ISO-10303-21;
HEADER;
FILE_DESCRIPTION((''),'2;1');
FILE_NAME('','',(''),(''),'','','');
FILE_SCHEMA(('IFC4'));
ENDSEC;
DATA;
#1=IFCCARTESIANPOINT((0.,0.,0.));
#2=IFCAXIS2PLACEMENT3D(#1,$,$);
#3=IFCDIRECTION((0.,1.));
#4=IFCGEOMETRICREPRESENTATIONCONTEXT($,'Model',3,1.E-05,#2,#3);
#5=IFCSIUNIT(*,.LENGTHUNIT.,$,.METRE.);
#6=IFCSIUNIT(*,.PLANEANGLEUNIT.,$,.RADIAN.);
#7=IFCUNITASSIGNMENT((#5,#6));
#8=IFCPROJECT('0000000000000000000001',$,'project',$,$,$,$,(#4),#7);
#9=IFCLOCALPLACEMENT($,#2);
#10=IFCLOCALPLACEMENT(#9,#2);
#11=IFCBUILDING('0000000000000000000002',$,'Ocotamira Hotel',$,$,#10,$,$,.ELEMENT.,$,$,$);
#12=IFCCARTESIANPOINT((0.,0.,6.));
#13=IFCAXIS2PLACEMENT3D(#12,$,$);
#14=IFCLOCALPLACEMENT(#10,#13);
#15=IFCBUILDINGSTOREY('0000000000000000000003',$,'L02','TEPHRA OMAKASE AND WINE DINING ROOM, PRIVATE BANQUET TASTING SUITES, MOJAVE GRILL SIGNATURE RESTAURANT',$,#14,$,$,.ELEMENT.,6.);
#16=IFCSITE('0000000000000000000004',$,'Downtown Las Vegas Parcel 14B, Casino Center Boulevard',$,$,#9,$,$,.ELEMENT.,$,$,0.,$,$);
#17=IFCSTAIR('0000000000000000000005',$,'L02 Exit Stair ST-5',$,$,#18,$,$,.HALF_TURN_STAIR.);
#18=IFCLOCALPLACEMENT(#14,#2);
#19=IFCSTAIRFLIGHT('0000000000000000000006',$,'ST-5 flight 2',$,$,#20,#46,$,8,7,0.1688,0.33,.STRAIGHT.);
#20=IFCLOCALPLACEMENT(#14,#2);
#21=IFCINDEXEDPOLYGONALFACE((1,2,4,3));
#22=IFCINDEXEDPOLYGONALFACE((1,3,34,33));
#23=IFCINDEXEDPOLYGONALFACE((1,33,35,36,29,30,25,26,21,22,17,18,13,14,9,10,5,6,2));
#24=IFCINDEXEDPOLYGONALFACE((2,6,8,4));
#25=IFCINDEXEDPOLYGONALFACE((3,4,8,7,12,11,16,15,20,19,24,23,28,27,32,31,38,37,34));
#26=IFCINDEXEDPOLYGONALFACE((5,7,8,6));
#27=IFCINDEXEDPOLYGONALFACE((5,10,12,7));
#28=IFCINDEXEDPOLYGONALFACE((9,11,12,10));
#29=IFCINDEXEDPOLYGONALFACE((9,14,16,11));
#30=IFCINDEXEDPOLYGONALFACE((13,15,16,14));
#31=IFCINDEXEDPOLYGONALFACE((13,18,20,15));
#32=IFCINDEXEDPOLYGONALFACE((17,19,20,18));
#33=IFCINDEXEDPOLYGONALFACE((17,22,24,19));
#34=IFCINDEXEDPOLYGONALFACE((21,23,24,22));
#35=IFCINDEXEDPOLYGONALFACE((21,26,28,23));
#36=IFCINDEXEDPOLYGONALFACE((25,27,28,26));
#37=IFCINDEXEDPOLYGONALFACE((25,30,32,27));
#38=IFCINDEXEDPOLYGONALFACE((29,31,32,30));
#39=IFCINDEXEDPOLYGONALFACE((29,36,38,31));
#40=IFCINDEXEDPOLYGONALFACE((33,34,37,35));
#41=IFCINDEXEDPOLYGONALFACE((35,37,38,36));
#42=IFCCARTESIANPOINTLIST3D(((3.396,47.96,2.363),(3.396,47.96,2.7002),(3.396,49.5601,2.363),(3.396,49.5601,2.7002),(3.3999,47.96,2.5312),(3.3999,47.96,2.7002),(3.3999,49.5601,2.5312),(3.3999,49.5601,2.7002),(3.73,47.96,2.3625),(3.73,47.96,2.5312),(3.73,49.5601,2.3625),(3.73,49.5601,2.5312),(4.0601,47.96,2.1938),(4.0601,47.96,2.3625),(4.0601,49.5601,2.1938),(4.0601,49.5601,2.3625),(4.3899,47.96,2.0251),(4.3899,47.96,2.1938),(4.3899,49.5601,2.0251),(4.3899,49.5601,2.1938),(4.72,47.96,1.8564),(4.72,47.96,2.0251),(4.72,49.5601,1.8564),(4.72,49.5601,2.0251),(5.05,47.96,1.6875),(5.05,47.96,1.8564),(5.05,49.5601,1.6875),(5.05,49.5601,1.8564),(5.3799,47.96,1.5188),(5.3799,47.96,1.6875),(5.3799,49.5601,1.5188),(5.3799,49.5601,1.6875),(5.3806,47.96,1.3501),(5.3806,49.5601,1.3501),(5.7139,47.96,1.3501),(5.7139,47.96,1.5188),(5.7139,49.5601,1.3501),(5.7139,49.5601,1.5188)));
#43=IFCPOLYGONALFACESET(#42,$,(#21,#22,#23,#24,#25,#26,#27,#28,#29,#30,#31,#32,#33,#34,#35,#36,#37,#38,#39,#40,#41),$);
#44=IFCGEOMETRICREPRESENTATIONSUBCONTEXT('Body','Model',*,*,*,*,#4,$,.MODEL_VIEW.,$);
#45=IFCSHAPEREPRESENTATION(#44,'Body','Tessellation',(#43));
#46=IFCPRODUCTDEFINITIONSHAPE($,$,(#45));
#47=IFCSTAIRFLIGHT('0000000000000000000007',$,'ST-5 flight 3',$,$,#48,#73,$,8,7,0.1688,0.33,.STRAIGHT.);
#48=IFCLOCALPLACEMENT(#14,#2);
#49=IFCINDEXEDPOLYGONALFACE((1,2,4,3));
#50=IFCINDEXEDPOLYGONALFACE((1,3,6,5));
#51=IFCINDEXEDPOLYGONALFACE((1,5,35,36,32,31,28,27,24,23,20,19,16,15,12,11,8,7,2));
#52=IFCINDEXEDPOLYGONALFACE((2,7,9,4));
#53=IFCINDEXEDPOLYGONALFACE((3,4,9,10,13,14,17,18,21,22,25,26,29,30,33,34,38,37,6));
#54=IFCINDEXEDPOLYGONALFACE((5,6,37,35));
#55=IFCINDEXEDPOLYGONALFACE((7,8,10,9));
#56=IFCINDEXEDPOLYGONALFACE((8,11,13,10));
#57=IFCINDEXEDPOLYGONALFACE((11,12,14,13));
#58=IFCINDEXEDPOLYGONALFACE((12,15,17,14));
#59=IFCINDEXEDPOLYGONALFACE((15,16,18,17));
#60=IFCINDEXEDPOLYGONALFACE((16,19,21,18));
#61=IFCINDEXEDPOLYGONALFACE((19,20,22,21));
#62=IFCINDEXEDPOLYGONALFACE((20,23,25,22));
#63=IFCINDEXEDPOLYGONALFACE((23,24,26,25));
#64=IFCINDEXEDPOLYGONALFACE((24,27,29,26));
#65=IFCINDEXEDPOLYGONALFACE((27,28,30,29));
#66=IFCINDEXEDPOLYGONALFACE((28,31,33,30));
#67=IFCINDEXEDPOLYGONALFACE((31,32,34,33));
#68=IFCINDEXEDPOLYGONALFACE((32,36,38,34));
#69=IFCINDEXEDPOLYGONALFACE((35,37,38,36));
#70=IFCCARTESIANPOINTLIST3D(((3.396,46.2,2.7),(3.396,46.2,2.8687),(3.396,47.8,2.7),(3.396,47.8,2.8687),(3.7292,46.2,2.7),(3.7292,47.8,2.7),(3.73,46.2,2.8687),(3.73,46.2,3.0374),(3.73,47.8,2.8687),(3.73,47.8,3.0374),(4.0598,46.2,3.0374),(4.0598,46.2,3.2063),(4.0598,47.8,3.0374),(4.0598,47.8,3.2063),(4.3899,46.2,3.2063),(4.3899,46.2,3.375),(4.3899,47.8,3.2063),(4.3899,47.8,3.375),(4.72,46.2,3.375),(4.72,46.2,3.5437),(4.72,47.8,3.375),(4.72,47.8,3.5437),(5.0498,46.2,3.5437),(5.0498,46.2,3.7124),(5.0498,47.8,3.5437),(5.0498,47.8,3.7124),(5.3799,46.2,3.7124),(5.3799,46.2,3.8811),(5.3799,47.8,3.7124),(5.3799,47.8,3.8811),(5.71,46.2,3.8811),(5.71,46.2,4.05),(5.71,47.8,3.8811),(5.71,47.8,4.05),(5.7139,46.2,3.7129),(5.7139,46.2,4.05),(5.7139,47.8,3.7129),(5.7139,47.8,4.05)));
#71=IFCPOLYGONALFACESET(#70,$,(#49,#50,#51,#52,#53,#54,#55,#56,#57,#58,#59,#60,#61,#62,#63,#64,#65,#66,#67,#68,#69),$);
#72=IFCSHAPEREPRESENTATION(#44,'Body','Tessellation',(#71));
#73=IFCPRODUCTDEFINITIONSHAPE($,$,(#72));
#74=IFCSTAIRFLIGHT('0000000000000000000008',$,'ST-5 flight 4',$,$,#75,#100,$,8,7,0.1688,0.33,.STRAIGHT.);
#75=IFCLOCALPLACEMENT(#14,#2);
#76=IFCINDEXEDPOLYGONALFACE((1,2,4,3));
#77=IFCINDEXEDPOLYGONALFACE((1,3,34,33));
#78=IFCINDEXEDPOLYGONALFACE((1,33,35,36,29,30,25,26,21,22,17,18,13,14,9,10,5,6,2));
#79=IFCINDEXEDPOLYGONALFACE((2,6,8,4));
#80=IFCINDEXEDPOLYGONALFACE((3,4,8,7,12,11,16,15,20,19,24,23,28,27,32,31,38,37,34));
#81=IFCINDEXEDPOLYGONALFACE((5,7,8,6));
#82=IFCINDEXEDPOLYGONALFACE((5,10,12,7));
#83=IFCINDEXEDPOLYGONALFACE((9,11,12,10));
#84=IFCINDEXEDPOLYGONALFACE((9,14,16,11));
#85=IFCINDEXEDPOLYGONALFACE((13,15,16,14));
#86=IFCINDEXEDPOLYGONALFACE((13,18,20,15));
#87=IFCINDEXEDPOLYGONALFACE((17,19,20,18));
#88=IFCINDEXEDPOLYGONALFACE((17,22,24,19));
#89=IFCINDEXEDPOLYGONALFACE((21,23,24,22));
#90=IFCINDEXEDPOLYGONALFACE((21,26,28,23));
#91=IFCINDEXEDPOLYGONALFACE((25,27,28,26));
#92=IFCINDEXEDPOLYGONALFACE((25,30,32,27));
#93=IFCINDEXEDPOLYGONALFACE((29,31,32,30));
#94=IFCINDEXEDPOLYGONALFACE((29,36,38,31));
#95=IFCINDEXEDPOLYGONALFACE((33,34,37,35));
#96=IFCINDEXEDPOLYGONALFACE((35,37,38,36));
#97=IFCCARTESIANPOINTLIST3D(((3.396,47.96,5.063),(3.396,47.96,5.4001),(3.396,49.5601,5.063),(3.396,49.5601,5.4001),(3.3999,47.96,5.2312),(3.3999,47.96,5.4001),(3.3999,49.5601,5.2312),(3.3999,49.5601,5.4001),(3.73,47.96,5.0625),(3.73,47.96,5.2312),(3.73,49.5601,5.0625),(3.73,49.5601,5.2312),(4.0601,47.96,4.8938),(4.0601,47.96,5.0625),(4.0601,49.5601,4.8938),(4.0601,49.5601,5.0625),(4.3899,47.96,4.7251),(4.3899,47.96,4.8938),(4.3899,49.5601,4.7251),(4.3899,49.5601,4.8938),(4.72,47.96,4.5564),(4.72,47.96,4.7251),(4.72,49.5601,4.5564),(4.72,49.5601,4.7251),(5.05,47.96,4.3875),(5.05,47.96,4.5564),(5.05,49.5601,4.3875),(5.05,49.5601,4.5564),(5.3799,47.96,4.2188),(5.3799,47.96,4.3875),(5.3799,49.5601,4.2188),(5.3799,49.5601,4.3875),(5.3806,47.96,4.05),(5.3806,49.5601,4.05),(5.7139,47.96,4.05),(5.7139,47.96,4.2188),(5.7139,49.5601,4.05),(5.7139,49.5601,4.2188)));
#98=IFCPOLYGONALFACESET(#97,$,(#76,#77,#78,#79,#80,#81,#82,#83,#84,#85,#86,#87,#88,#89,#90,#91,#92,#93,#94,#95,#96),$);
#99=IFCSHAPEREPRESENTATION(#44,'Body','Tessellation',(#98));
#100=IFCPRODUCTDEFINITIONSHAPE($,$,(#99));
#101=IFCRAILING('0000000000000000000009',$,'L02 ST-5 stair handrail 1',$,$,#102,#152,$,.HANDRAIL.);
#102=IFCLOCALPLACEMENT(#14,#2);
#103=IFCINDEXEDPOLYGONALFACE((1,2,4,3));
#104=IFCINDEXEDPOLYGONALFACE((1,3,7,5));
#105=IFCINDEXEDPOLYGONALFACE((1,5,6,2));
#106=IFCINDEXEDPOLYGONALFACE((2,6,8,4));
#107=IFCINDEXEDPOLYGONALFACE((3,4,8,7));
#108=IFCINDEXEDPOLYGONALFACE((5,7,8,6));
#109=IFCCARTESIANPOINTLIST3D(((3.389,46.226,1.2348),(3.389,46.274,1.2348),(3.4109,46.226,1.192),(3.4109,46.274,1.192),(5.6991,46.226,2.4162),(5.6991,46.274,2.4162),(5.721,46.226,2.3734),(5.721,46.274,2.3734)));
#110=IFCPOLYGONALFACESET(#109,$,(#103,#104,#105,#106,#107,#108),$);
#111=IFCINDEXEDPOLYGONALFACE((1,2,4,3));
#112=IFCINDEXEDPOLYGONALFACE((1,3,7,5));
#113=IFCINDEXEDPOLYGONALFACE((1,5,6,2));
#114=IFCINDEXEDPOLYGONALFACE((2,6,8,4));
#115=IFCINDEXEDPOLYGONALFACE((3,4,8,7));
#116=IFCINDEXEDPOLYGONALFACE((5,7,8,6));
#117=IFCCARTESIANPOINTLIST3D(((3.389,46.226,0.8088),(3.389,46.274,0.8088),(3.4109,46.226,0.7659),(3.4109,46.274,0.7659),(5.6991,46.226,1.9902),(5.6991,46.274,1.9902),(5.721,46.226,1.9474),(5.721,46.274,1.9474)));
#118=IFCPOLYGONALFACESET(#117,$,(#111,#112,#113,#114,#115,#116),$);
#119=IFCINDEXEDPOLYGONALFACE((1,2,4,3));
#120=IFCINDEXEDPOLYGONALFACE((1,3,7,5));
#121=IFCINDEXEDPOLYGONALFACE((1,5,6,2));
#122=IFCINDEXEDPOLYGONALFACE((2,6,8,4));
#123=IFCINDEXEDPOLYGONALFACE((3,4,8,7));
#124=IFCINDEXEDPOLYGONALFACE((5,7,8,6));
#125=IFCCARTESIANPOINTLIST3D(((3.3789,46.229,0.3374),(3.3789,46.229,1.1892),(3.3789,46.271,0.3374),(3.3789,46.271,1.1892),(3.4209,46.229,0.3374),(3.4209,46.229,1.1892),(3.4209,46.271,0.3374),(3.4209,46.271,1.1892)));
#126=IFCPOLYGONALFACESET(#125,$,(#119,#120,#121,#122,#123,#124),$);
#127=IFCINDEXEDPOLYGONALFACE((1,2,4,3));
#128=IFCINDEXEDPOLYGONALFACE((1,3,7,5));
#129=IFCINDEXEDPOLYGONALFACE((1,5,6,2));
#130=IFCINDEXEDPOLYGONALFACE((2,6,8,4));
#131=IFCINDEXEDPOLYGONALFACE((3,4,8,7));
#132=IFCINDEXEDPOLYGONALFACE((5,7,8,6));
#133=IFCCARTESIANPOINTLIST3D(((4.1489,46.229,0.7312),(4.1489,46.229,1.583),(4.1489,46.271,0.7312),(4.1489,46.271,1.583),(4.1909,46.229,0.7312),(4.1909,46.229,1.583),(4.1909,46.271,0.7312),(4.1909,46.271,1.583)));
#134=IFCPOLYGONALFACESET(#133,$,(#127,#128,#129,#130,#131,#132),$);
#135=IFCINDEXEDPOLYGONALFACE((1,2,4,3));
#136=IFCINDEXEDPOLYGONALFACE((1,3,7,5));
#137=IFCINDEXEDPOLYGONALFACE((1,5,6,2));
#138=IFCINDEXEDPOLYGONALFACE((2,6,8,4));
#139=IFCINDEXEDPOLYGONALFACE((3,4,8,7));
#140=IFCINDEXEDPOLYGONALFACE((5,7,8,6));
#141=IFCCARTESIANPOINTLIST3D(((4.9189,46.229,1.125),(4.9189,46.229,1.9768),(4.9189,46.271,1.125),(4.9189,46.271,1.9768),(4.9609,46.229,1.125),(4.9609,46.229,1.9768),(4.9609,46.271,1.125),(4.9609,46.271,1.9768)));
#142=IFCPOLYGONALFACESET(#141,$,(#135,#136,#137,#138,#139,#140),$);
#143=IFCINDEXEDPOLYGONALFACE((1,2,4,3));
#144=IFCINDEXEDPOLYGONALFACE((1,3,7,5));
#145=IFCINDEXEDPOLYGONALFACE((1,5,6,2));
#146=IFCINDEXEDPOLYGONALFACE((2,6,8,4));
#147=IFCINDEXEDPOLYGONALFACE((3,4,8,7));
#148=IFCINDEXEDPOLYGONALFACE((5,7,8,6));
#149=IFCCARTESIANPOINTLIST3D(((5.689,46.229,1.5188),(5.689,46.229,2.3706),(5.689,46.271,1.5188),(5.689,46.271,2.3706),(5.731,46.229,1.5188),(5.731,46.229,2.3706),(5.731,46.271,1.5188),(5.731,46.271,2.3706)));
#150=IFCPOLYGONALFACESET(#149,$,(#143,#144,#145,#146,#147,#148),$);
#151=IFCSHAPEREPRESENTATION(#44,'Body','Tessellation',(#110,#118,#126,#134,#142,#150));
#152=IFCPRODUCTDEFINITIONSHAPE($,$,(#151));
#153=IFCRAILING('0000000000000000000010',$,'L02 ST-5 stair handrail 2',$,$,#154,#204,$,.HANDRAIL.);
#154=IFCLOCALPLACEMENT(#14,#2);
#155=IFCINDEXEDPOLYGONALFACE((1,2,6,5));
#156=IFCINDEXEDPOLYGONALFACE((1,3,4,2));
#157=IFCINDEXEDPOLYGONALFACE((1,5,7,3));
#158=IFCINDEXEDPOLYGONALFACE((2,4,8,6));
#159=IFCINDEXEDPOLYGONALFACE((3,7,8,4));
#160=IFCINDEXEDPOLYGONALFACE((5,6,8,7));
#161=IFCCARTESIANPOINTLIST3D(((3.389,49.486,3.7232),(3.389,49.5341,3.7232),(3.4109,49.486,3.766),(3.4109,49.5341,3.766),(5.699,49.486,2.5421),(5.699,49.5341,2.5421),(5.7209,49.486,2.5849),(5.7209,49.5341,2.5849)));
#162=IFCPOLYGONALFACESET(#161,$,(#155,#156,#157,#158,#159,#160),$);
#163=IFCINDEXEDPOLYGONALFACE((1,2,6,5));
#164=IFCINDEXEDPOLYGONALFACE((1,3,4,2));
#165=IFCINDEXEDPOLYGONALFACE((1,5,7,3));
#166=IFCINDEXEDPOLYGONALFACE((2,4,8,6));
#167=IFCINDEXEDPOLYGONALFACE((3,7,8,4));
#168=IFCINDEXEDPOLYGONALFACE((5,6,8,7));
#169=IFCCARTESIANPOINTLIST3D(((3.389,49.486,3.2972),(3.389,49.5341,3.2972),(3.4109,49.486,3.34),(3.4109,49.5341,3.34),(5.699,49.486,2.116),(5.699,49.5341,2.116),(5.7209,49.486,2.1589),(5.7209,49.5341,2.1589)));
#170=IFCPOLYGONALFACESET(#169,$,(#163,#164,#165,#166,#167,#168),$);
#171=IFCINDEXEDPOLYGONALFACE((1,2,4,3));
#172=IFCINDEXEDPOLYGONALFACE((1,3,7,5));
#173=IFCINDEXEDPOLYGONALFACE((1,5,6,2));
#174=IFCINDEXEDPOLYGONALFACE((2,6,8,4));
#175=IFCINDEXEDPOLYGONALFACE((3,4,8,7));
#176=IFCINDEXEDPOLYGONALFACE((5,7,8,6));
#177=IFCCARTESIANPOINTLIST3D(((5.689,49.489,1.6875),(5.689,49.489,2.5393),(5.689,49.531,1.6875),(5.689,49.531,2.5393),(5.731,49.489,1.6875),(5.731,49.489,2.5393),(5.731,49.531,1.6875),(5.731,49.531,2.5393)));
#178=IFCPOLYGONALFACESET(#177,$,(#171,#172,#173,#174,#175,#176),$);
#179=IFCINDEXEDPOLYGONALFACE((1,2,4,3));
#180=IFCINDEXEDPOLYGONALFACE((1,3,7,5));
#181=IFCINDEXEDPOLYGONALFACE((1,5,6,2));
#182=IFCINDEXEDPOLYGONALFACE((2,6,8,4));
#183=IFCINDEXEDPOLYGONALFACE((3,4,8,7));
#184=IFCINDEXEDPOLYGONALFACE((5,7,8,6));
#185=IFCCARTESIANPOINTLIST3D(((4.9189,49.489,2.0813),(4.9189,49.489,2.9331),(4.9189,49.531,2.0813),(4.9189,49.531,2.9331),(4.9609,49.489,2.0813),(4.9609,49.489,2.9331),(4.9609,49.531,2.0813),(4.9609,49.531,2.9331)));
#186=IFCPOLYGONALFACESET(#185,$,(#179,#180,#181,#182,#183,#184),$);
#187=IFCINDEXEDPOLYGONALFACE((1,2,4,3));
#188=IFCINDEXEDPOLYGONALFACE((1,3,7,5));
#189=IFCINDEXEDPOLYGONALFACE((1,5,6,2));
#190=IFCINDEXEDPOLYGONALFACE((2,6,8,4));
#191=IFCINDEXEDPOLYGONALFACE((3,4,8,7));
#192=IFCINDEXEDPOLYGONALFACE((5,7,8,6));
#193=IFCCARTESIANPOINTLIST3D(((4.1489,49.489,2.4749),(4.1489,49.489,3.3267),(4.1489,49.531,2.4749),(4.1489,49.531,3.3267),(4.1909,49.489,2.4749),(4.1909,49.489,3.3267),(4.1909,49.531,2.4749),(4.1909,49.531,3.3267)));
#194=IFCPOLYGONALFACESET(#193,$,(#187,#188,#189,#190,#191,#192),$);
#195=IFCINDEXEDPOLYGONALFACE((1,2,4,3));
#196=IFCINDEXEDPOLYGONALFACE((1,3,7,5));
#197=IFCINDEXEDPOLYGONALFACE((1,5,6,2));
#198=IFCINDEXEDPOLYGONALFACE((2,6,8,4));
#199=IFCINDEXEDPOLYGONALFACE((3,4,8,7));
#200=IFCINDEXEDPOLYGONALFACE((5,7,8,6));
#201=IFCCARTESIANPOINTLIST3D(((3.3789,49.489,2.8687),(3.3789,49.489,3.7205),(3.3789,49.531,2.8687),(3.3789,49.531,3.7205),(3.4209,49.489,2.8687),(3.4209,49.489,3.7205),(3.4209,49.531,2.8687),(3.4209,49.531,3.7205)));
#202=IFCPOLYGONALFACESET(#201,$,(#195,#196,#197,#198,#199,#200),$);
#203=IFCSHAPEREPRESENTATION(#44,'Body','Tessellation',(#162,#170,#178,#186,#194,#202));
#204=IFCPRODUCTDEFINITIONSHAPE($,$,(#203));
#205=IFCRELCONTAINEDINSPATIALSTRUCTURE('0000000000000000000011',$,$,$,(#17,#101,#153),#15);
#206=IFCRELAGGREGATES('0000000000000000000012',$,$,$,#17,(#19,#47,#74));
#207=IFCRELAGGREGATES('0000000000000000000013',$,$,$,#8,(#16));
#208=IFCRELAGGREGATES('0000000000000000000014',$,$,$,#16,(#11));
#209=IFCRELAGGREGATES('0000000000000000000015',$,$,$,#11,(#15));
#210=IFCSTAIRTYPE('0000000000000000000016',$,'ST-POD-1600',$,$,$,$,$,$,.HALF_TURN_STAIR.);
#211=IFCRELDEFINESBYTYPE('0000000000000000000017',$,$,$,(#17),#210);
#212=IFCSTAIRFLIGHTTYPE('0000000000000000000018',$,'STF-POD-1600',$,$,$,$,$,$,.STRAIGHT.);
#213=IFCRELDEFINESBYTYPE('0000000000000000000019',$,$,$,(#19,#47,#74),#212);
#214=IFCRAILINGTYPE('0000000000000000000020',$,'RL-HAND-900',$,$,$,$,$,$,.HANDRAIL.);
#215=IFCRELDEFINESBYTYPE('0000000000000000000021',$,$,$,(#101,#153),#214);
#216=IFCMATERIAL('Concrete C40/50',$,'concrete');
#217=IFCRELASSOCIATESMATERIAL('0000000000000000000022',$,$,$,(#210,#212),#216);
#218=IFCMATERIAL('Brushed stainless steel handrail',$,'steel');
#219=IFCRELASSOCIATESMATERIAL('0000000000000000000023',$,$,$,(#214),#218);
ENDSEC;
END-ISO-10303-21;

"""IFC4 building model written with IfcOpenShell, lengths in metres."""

from ifc_helpers import new_model, si_unit, direction, frame, origin, origin_2d, place, context, subcontext, project, spatial, polyline, rectangle, outline, extrude, source, transform, mapped, material, type_object, element, aggregate, save


model = new_model("IFC4")

# Units and contexts
model_context = context("Model", 3, precision=1e-05, world=origin(), true_north=direction((0.0, 1.0)))
body_context = subcontext(model_context, "Body", "Model", "MODEL_VIEW")
ifc_project = project(units=[si_unit("LENGTHUNIT", "METRE"), si_unit("PLANEANGLEUNIT", "RADIAN")], contexts=[model_context])

# Site, building, storey
site_placement = place(None, origin())
site = spatial("IfcSite", under=ifc_project, at=site_placement, Name="Downtown Las Vegas Parcel 14B, Casino Center Boulevard", CompositionType="ELEMENT", RefElevation=0.0)
building_placement = place(site_placement, origin())
building = spatial("IfcBuilding", under=site, at=building_placement, Name="Ocotamira Hotel", CompositionType="ELEMENT")
storey_placement = place(building_placement, frame((0.0, 0.0, 6.0)))
storey = spatial("IfcBuildingStorey", under=building, at=storey_placement, Name="L02", Description="TEPHRA OMAKASE AND WINE DINING ROOM, PRIVATE BANQUET TASTING SUITES, MOJAVE GRILL SIGNATURE RESTAURANT", CompositionType="ELEMENT", Elevation=6.0)

# Stair, stair flights
ifc_material_1 = material(Name="Concrete C40/50", Category="concrete")
stair_type = type_object("IfcStairType", Name="ST-POD-1600", PredefinedType="HALF_TURN_STAIR", material=ifc_material_1)
stair_placement = place(storey_placement, origin())
stair = element("IfcStair", 1, at=stair_placement, inside=storey, type_object=stair_type, Name="L02 Exit Stair ST-5", PredefinedType="HALF_TURN_STAIR")
stair_flight_type = type_object("IfcStairFlightType", Name="STF-POD-1600", PredefinedType="STRAIGHT", material=ifc_material_1)
shared_shape_1 = source(origin(), body_context, "Body", "SweptSolid", [
    extrude(outline(polyline([(-0.0039, 0.0), (-0.0039, 0.1687), (0.3301, 0.1687), (0.3301, 0.3374), (0.6599, 0.3374), (0.6599, 0.5063), (0.99, 0.5063), (0.99, 0.675), (1.3201, 0.675), (1.3201, 0.8438), (1.6499, 0.8438), (1.6499, 1.0125), (1.98, 1.0125), (1.98, 1.1812), (2.3101, 1.1812), (2.3101, 1.3501), (2.314, 1.3501), (2.314, 1.0129), (0.3293, 0.0), (-0.0039, 0.0)])), frame((0.0, 0.8, 0.0), z_axis=(0.0, -1.0, 0.0), x_axis=(1.0, 0.0, 0.0)), (0.0, 0.0, 1.0), 1.6001),
])
stair_flight_1_placement = place(storey_placement, frame((5.71, 48.76, 1.3501), z_axis=(0.0, 0.0, 1.0), x_axis=(-1.0, 0.0, 0.0)))
stair_flight_1 = element("IfcStairFlight", 2, at=stair_flight_1_placement, type_object=stair_flight_type, Name="ST-5 flight 2", NumberOfRisers=8, NumberOfTreads=7, PredefinedType="STRAIGHT", RiserHeight=0.1688, TreadLength=0.33, context=body_context, shape_type="MappedRepresentation", body=[
    mapped(shared_shape_1, transform((0.0, 0.0, 0.0), scale=1.0)),
])
stair_flight_2_placement = place(storey_placement, frame((3.3999, 47.0, 2.7), z_axis=(0.0, 0.0, 1.0), x_axis=(1.0, 0.0, 0.0)))
stair_flight_2 = element("IfcStairFlight", 3, at=stair_flight_2_placement, type_object=stair_flight_type, Name="ST-5 flight 3", NumberOfRisers=8, NumberOfTreads=7, PredefinedType="STRAIGHT", RiserHeight=0.1688, TreadLength=0.33, context=body_context, shape_type="MappedRepresentation", body=[
    mapped(shared_shape_1, transform((0.0, 0.0, 0.0), scale=1.0)),
])
stair_flight_3_placement = place(storey_placement, frame((5.71, 48.76, 4.05), z_axis=(0.0, 0.0, 1.0), x_axis=(-1.0, 0.0, 0.0)))
stair_flight_3 = element("IfcStairFlight", 4, at=stair_flight_3_placement, type_object=stair_flight_type, Name="ST-5 flight 4", NumberOfRisers=8, NumberOfTreads=7, PredefinedType="STRAIGHT", RiserHeight=0.1688, TreadLength=0.33, context=body_context, shape_type="MappedRepresentation", body=[
    mapped(shared_shape_1, transform((0.0, 0.0, 0.0), scale=1.0)),
])
aggregate(stair, [stair_flight_1, stair_flight_2, stair_flight_3])

# Railings
ifc_material_2 = material(Name="Brushed stainless steel handrail", Category="steel")
railing_type_1 = type_object("IfcRailingType", Name="RL-HAND-900", PredefinedType="HANDRAIL", material=ifc_material_2)
railing_1_placement = place(storey_placement, frame((3.3999, 46.25, 0.3374)))
element("IfcRailing", 5, at=railing_1_placement, inside=storey, type_object=railing_type_1, Name="L02 ST-5 stair handrail 1", PredefinedType="HANDRAIL", context=body_context, shape_type="SweptSolid", body=[
    extrude(rectangle(XDim=0.0481, YDim=0.0481, at=origin_2d()), frame((0.0, 0.0, 0.876), z_axis=(0.890325, 0.0, 0.455325), x_axis=(0.0, 1.0, 0.0)), (0.0, 0.0, 1.0), 2.5947),
    extrude(rectangle(XDim=0.0481, YDim=0.0481, at=origin_2d()), frame((0.0, 0.0, 0.45), z_axis=(0.890325, 0.0, 0.455325), x_axis=(0.0, 1.0, 0.0)), (0.0, 0.0, 1.0), 2.5947),
    extrude(rectangle(XDim=0.042, YDim=0.042, at=origin_2d()), origin(), (0.0, 0.0, 1.0), 0.8518),
    extrude(rectangle(XDim=0.042, YDim=0.042, at=origin_2d()), frame((0.77, 0.0, 0.3938)), (0.0, 0.0, 1.0), 0.8518),
    extrude(rectangle(XDim=0.042, YDim=0.042, at=origin_2d()), frame((1.54, 0.0, 0.7876)), (0.0, 0.0, 1.0), 0.8518),
    extrude(rectangle(XDim=0.042, YDim=0.042, at=origin_2d()), frame((2.3101, 0.0, 1.1814)), (0.0, 0.0, 1.0), 0.8518),
])
railing_2_placement = place(storey_placement, frame((5.71, 49.51, 1.6875)))
element("IfcRailing", 6, at=railing_2_placement, inside=storey, type_object=railing_type_1, Name="L02 ST-5 stair handrail 2", PredefinedType="HANDRAIL", context=body_context, shape_type="SweptSolid", body=[
    extrude(rectangle(XDim=0.0481, YDim=0.0481, at=origin_2d()), frame((0.0, 0.0, 0.876), z_axis=(-0.890363, 0.0, 0.45525), x_axis=(0.0, -1.0, 0.0)), (0.0, 0.0, 1.0), 2.5945),
    extrude(rectangle(XDim=0.0481, YDim=0.0481, at=origin_2d()), frame((0.0, 0.0, 0.45), z_axis=(-0.890363, 0.0, 0.45525), x_axis=(0.0, -1.0, 0.0)), (0.0, 0.0, 1.0), 2.5945),
    extrude(rectangle(XDim=0.042, YDim=0.042, at=origin_2d()), origin(), (0.0, 0.0, 1.0), 0.8518),
    extrude(rectangle(XDim=0.042, YDim=0.042, at=origin_2d()), frame((-0.77, 0.0, 0.3938)), (0.0, 0.0, 1.0), 0.8518),
    extrude(rectangle(XDim=0.042, YDim=0.042, at=origin_2d()), frame((-1.54, 0.0, 0.7874)), (0.0, 0.0, 1.0), 0.8518),
    extrude(rectangle(XDim=0.042, YDim=0.042, at=origin_2d()), frame((-2.3101, 0.0, 1.1812)), (0.0, 0.0, 1.0), 0.8518),
])

save(model, "model.ifc")
